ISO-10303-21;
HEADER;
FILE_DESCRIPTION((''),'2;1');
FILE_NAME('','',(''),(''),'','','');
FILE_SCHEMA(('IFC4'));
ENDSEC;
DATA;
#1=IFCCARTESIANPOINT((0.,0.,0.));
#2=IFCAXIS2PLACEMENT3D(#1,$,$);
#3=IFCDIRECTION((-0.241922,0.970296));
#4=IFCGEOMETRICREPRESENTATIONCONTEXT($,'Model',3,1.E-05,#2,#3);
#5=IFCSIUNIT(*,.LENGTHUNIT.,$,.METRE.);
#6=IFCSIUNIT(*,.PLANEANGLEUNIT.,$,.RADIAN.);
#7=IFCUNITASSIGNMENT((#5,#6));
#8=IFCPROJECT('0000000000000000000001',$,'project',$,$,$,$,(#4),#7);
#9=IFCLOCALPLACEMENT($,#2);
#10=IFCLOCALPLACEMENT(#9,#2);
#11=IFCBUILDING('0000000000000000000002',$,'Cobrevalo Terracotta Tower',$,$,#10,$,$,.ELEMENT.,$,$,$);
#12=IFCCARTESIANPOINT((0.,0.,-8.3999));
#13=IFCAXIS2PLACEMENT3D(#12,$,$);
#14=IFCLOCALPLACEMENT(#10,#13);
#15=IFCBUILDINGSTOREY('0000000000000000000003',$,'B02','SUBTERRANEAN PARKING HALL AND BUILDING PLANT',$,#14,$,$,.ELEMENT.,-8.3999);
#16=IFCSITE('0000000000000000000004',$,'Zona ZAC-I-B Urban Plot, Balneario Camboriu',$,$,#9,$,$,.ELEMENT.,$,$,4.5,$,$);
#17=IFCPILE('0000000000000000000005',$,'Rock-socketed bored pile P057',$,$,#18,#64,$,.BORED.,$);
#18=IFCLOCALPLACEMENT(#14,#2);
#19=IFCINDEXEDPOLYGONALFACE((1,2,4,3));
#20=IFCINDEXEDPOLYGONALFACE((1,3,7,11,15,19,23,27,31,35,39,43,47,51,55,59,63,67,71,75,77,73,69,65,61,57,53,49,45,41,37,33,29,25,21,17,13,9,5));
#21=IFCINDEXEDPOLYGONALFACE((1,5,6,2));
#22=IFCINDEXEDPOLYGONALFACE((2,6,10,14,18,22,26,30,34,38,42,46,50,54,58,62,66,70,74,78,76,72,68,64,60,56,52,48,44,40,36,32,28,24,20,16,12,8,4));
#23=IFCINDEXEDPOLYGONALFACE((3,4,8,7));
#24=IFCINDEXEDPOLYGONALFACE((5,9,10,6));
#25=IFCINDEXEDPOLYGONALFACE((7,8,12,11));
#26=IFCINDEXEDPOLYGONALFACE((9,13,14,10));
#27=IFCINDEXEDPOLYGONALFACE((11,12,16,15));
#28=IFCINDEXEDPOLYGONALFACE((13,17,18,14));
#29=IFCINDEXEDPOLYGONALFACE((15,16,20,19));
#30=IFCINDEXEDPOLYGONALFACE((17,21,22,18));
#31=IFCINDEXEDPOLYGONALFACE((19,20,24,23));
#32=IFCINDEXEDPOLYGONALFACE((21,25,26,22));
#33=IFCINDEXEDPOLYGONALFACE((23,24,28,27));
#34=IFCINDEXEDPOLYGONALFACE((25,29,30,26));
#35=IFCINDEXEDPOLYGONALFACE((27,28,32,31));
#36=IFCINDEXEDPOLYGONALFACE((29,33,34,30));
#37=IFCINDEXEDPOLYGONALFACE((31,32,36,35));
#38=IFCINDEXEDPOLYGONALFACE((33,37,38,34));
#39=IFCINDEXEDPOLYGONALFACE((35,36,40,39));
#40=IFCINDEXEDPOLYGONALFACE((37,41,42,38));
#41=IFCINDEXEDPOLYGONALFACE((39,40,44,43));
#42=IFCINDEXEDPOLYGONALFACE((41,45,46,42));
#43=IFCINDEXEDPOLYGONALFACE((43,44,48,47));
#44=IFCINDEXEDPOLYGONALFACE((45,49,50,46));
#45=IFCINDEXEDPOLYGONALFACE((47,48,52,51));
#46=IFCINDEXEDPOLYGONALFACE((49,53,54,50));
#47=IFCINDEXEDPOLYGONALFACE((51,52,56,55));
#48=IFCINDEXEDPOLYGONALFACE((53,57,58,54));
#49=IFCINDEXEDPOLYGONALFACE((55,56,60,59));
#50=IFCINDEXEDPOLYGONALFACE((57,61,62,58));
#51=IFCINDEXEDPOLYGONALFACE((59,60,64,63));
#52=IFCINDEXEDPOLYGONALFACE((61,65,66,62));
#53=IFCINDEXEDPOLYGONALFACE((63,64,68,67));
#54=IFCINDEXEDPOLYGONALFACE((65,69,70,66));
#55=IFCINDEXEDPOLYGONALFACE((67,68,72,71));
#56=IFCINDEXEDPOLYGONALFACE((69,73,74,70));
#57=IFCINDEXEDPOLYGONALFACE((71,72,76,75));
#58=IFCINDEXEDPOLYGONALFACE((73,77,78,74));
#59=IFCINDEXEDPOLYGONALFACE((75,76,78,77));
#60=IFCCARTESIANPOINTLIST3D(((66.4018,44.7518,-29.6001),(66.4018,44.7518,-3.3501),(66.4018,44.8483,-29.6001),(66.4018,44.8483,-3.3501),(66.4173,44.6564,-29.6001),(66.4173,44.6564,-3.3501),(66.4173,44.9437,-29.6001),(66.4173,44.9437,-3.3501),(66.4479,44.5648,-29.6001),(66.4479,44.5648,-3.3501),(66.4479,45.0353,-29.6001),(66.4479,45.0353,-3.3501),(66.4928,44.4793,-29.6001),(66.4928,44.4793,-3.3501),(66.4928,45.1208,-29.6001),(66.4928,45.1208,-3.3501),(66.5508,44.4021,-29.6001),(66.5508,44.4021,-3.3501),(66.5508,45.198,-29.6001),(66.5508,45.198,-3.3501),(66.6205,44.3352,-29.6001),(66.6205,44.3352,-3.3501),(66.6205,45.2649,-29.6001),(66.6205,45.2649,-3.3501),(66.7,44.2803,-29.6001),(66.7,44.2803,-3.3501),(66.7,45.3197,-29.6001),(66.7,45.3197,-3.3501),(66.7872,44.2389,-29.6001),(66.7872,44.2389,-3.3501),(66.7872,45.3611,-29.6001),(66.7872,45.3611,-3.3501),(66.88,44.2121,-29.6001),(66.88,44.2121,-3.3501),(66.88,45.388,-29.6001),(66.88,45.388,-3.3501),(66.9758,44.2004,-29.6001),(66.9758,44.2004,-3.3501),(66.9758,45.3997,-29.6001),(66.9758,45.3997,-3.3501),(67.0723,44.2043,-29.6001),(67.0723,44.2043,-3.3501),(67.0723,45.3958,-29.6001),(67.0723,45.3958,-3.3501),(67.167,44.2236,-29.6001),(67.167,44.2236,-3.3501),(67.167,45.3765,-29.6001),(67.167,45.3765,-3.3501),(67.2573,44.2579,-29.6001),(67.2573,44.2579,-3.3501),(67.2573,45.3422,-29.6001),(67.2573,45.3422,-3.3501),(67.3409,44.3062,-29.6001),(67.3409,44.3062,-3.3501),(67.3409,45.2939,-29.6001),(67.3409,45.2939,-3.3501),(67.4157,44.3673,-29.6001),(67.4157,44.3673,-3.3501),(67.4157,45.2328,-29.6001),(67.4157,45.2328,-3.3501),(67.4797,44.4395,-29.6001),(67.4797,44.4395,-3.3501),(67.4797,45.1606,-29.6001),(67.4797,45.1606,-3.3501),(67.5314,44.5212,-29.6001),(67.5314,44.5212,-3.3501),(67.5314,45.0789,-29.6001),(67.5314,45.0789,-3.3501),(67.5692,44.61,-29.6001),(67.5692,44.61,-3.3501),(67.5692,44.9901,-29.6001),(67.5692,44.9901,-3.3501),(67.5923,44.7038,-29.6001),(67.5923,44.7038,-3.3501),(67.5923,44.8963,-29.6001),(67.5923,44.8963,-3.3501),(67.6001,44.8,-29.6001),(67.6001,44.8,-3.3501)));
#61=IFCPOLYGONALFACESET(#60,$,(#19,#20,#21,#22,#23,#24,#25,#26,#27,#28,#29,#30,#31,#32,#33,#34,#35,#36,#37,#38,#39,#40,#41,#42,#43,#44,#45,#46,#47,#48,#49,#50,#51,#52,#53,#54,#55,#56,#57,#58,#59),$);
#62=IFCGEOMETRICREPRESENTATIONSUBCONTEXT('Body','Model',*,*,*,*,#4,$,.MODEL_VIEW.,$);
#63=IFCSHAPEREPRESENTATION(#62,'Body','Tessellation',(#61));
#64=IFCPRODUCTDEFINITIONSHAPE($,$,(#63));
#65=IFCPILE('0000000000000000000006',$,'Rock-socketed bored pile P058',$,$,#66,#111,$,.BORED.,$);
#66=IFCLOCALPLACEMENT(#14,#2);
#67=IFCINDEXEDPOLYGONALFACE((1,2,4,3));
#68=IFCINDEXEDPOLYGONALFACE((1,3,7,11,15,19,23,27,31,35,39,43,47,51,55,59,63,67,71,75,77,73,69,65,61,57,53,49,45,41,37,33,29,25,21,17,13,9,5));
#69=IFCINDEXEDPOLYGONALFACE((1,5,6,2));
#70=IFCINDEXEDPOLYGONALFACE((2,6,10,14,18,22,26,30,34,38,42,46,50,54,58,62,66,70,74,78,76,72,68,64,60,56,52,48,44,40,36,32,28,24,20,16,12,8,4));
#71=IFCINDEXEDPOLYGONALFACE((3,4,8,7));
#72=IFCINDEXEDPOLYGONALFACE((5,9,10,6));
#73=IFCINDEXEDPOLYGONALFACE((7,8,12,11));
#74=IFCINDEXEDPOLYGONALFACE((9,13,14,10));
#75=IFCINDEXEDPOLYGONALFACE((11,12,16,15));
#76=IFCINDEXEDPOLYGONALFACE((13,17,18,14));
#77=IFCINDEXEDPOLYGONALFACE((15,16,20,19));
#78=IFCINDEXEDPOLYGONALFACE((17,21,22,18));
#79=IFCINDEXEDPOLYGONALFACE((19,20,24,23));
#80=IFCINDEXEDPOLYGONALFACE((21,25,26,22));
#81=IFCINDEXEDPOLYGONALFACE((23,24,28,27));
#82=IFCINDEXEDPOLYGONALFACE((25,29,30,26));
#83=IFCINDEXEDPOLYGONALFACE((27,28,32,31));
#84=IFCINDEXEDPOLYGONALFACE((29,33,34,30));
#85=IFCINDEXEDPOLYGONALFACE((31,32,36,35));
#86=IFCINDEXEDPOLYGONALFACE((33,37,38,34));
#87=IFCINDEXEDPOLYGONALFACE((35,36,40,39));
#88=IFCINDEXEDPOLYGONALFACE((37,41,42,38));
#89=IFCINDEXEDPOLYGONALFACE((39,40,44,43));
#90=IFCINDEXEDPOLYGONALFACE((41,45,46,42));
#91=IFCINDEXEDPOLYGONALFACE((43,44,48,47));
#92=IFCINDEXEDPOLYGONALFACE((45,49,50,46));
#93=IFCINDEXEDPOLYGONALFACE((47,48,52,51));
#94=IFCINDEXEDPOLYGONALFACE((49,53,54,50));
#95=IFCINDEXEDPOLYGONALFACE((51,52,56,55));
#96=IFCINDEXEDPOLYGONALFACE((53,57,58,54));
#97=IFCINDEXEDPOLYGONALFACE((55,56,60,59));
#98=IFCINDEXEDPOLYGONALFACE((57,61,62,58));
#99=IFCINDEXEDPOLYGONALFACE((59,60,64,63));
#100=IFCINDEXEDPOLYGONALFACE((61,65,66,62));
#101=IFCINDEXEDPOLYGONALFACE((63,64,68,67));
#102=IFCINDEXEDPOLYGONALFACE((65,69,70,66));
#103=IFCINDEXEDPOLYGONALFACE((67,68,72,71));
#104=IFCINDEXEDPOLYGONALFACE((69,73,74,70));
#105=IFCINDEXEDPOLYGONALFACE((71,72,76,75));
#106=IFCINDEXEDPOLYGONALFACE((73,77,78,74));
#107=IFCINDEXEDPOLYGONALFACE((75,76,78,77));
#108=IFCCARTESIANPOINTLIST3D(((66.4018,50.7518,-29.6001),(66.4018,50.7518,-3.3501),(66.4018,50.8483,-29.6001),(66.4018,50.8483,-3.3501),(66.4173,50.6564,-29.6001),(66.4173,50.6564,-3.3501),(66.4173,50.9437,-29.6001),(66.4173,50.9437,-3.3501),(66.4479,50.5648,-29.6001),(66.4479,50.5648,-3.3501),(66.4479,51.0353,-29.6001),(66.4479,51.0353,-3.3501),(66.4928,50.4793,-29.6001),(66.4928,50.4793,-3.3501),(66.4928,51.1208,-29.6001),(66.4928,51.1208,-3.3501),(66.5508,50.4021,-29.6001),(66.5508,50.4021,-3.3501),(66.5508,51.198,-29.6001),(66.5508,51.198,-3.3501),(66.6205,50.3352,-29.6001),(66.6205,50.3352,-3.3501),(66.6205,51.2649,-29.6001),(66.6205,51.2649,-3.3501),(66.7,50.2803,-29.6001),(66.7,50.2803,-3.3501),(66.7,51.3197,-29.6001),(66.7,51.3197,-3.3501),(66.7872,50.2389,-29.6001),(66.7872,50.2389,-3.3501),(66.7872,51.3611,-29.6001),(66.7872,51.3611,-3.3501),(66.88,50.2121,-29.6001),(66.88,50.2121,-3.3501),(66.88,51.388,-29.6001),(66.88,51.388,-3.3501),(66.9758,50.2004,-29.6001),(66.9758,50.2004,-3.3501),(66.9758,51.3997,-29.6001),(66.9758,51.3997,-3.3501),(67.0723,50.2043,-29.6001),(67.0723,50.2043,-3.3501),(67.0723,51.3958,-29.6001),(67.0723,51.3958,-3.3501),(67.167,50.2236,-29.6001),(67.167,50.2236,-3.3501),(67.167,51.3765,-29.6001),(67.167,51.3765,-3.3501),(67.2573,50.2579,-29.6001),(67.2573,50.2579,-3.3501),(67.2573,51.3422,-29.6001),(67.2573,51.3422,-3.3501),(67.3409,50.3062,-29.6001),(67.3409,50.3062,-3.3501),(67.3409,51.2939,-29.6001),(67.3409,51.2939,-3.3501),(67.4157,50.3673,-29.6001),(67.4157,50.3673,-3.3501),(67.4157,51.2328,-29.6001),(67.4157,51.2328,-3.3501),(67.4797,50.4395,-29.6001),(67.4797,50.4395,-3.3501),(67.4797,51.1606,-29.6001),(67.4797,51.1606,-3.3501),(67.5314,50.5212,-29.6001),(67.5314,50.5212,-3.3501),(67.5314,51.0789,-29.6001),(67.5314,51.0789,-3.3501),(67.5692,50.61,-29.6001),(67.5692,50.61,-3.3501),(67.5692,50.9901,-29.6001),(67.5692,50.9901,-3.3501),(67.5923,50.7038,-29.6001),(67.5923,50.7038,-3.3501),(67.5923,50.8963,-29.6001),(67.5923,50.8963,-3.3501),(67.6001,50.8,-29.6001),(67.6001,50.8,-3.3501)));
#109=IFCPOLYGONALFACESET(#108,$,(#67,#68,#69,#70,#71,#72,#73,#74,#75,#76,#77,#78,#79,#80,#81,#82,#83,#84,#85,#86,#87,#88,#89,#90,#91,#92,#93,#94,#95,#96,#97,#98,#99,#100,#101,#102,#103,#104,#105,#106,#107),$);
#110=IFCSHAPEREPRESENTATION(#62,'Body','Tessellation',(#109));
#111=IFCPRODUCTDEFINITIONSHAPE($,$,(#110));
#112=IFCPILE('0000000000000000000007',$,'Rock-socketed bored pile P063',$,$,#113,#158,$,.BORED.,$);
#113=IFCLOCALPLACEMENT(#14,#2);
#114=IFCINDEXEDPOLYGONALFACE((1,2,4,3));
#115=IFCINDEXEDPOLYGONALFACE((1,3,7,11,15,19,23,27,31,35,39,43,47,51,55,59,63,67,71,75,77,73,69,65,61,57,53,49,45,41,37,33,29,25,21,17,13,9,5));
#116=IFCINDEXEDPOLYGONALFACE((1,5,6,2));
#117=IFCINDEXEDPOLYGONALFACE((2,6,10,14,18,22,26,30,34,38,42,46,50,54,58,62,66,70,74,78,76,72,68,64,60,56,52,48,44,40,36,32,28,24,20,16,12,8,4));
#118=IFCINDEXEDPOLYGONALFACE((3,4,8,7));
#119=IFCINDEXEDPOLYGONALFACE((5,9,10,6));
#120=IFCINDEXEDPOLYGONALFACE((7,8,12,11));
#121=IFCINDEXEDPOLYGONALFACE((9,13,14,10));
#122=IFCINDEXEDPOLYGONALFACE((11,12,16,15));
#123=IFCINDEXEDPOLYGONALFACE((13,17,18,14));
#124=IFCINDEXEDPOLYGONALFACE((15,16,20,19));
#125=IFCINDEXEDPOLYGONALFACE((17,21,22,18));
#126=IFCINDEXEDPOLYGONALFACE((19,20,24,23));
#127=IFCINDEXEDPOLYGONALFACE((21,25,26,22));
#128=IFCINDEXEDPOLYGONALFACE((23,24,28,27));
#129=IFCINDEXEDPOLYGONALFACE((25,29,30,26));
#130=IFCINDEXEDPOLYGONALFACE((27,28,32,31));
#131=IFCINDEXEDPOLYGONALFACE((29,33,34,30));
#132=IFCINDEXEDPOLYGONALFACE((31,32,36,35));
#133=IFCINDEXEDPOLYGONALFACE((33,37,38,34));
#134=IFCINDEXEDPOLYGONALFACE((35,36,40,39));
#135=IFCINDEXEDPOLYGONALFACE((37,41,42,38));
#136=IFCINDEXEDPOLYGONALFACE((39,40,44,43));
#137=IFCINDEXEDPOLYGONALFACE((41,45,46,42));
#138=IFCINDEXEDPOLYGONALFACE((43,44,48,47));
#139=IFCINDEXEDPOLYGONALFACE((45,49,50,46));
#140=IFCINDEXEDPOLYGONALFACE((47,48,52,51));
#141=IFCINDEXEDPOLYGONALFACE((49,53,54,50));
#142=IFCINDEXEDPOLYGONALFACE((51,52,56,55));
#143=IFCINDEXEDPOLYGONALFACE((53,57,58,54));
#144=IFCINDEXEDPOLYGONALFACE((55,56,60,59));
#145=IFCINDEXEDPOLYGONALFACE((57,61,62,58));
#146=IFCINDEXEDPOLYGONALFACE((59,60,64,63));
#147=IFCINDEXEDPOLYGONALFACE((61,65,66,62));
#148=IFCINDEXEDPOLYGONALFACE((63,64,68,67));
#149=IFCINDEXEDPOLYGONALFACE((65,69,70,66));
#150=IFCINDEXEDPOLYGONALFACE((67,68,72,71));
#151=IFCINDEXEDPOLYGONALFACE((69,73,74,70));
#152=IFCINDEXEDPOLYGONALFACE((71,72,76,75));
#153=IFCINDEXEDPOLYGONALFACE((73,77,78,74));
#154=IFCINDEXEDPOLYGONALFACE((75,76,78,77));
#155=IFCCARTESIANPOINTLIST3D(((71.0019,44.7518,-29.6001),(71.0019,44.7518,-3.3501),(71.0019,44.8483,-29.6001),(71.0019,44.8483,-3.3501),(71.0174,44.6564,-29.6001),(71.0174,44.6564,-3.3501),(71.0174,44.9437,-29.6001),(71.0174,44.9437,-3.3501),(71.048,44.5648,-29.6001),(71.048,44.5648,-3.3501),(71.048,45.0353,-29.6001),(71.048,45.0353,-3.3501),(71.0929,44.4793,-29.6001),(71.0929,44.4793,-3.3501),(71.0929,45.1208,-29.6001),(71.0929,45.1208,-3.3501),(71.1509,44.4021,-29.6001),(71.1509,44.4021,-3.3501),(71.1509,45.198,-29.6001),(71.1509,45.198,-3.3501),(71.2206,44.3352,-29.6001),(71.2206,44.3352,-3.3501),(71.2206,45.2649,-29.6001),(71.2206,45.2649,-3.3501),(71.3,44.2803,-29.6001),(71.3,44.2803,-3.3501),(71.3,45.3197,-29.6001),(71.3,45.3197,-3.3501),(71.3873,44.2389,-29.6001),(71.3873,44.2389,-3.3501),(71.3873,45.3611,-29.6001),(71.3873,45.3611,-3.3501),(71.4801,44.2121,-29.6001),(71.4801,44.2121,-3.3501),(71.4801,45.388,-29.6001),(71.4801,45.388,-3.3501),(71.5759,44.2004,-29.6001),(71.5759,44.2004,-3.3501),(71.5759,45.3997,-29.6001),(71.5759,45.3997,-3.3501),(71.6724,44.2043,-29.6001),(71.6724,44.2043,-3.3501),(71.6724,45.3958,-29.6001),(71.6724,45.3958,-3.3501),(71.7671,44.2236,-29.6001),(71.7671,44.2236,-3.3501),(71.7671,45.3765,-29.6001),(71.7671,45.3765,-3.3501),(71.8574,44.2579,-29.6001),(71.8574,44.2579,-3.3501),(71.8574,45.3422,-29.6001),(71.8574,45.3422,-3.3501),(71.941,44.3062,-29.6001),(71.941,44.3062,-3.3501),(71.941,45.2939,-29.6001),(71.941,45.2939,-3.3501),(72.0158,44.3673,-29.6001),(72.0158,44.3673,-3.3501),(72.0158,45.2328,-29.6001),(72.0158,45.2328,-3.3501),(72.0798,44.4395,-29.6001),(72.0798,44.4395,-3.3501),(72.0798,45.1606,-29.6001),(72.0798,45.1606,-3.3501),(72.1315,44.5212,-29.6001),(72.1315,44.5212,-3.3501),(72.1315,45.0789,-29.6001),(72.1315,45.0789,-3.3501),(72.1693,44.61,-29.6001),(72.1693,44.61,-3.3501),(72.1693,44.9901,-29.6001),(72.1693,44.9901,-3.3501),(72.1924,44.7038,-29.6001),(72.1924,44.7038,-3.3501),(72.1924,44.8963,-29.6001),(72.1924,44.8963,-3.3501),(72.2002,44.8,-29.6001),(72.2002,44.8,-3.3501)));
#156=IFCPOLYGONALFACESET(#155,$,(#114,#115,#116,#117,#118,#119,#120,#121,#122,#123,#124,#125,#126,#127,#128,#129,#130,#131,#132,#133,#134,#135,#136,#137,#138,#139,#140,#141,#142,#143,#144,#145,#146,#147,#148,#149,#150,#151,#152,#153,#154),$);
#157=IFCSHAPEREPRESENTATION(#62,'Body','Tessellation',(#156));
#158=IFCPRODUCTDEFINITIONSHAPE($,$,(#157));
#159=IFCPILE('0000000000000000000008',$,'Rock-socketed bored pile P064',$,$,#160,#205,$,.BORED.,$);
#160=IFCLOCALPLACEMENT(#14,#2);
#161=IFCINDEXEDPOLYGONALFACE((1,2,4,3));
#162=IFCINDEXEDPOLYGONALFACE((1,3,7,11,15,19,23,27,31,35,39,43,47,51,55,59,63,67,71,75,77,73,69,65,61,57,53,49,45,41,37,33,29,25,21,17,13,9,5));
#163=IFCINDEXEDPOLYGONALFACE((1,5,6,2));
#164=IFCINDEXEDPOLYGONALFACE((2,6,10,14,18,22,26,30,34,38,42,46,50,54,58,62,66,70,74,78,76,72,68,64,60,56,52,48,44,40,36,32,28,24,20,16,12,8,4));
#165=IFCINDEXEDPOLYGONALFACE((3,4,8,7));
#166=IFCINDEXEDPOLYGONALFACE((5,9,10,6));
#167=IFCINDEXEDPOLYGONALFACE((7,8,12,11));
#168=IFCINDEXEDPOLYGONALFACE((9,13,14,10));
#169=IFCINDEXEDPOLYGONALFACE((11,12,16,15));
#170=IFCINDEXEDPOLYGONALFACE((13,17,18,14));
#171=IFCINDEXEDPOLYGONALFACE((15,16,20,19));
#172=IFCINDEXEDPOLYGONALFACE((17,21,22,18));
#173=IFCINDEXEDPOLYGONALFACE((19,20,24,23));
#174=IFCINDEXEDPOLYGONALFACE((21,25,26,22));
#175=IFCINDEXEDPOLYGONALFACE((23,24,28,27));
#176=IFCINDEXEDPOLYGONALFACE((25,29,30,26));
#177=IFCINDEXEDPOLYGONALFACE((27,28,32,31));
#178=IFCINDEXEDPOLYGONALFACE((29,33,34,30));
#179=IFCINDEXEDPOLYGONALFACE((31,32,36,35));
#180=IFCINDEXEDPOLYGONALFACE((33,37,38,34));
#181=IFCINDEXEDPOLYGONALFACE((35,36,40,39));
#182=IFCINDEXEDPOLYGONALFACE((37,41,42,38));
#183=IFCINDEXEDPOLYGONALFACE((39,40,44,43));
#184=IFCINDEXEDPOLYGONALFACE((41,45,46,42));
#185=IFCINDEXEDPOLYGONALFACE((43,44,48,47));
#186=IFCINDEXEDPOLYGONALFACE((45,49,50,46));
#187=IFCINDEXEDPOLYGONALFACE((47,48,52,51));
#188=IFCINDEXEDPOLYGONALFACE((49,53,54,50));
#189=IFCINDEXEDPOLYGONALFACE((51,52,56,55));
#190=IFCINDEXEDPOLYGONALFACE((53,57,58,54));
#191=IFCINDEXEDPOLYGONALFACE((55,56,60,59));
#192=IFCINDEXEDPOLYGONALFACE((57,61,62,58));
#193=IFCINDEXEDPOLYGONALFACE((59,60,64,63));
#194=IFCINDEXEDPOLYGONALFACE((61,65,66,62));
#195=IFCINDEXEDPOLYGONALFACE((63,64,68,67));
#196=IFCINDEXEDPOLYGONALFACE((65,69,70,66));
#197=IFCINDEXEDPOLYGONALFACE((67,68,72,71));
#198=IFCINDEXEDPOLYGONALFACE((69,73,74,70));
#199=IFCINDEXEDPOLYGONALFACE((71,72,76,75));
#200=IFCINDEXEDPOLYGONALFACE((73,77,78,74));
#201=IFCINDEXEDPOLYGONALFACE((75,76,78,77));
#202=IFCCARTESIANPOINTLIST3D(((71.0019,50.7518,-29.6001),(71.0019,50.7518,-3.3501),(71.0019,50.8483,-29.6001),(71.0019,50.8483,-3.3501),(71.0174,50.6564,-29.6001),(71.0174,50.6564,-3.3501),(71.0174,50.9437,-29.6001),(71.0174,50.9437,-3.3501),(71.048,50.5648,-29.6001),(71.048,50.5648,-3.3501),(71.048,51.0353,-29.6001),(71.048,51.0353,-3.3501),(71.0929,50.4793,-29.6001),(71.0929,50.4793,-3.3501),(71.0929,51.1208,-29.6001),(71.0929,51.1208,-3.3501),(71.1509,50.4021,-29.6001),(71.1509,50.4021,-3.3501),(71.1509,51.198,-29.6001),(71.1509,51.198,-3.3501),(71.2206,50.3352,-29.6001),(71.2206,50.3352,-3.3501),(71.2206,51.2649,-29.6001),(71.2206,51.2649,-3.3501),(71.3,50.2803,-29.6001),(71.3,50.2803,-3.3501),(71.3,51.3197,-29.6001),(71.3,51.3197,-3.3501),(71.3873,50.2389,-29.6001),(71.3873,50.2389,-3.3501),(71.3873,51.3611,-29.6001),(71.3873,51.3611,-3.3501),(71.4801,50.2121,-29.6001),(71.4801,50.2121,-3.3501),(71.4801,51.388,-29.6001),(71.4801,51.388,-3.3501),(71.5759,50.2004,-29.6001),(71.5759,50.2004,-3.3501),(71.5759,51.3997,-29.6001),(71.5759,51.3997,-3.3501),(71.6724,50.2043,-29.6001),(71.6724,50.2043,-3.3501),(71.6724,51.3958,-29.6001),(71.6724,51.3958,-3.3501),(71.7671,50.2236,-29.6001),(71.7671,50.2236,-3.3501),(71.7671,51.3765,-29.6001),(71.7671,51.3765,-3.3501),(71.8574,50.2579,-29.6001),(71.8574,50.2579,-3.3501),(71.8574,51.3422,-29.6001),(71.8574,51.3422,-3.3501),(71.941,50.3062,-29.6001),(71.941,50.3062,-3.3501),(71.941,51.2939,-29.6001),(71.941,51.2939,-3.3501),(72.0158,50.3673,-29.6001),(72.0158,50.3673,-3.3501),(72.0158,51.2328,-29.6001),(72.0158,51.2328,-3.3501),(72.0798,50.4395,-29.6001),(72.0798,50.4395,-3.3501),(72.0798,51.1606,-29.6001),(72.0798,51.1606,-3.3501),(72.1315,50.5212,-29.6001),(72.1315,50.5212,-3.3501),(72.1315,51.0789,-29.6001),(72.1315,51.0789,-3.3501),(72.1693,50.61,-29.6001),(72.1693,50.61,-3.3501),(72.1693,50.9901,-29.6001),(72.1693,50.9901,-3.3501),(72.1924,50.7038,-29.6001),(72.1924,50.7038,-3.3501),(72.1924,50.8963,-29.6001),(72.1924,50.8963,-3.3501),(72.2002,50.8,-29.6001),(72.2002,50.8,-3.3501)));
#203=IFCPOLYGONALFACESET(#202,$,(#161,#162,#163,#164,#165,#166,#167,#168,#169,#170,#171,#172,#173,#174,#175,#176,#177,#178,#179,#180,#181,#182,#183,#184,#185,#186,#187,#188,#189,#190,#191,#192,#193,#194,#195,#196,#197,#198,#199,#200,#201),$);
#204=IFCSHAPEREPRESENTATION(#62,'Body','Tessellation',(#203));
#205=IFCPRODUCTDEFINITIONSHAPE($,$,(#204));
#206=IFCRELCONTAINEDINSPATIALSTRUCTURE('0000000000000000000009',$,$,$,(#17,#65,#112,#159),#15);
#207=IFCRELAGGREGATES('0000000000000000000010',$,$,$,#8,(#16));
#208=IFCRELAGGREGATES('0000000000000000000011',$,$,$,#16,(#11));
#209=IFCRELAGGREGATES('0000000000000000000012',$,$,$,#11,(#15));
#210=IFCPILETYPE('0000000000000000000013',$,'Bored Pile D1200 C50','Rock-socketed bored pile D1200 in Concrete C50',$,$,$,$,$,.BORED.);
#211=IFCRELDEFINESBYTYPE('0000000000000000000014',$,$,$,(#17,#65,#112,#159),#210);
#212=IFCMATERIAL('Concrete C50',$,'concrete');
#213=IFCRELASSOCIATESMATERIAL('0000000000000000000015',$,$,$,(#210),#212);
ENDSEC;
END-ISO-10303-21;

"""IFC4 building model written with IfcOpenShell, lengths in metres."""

from ifc_helpers import new_model, si_unit, direction, frame, origin, origin_2d, place, context, subcontext, project, spatial, circle, extrude, material, material_profile, profile_set, type_object, element, save


model = new_model("IFC4")

# Units and contexts
model_context = context("Model", 3, precision=1e-05, world=origin(), true_north=direction((-0.241922, 0.970296)))
body_context = subcontext(model_context, "Body", "Model", "MODEL_VIEW")
ifc_project = project(units=[si_unit("LENGTHUNIT", "METRE"), si_unit("PLANEANGLEUNIT", "RADIAN")], contexts=[model_context])

# Site, building, storey
site_placement = place(None, origin())
site = spatial("IfcSite", under=ifc_project, at=site_placement, Name="Zona ZAC-I-B Urban Plot, Balneario Camboriu", CompositionType="ELEMENT", RefElevation=4.5)
building_placement = place(site_placement, origin())
building = spatial("IfcBuilding", under=site, at=building_placement, Name="Cobrevalo Terracotta Tower", CompositionType="ELEMENT")
storey_placement = place(building_placement, frame((0.0, 0.0, -8.3999)))
storey = spatial("IfcBuildingStorey", under=building, at=storey_placement, Name="B02", Description="SUBTERRANEAN PARKING HALL AND BUILDING PLANT", CompositionType="ELEMENT", Elevation=-8.3999)

# Piles
ifc_material_1 = material(Name="Concrete C50", Category="concrete")
ifc_material_profile_1 = material_profile(ifc_material_1, circle(Radius=0.6001, at=origin_2d()), Name="PILE D1200")
ifc_profile_set_1 = profile_set([ifc_material_profile_1], Name="Concrete C50")
pile_type = type_object("IfcPileType", Name="Bored Pile D1200 C50", Description="Rock-socketed bored pile D1200 in Concrete C50", PredefinedType="BORED", material=ifc_profile_set_1)
for number, where, z_axis, x_axis, name in (
    (1, (67.0, 44.8, -3.3501), (0.0, 0.0, -1.0), (1.0, 0.0, 0.0), "Rock-socketed bored pile P057"),
    (2, (67.0, 50.8, -3.3501), (0.0, 0.0, -1.0), (1.0, 0.0, 0.0), "Rock-socketed bored pile P058"),
    (3, (71.6001, 44.8, -3.3501), (0.0, 0.0, -1.0), (1.0, 0.0, 0.0), "Rock-socketed bored pile P063"),
    (4, (71.6001, 50.8, -3.3501), (0.0, 0.0, -1.0), (1.0, 0.0, 0.0), "Rock-socketed bored pile P064"),
):
    element("IfcPile", number, at=place(storey_placement, frame(where, z_axis=z_axis, x_axis=x_axis)), inside=storey, type_object=pile_type, Name=name, PredefinedType="BORED", context=body_context, shape_type="SweptSolid", body=[
        extrude(circle(Radius=0.6001, at=origin_2d()), origin(), (0.0, 0.0, 1.0), 26.25),
    ])

save(model, "model.ifc")
